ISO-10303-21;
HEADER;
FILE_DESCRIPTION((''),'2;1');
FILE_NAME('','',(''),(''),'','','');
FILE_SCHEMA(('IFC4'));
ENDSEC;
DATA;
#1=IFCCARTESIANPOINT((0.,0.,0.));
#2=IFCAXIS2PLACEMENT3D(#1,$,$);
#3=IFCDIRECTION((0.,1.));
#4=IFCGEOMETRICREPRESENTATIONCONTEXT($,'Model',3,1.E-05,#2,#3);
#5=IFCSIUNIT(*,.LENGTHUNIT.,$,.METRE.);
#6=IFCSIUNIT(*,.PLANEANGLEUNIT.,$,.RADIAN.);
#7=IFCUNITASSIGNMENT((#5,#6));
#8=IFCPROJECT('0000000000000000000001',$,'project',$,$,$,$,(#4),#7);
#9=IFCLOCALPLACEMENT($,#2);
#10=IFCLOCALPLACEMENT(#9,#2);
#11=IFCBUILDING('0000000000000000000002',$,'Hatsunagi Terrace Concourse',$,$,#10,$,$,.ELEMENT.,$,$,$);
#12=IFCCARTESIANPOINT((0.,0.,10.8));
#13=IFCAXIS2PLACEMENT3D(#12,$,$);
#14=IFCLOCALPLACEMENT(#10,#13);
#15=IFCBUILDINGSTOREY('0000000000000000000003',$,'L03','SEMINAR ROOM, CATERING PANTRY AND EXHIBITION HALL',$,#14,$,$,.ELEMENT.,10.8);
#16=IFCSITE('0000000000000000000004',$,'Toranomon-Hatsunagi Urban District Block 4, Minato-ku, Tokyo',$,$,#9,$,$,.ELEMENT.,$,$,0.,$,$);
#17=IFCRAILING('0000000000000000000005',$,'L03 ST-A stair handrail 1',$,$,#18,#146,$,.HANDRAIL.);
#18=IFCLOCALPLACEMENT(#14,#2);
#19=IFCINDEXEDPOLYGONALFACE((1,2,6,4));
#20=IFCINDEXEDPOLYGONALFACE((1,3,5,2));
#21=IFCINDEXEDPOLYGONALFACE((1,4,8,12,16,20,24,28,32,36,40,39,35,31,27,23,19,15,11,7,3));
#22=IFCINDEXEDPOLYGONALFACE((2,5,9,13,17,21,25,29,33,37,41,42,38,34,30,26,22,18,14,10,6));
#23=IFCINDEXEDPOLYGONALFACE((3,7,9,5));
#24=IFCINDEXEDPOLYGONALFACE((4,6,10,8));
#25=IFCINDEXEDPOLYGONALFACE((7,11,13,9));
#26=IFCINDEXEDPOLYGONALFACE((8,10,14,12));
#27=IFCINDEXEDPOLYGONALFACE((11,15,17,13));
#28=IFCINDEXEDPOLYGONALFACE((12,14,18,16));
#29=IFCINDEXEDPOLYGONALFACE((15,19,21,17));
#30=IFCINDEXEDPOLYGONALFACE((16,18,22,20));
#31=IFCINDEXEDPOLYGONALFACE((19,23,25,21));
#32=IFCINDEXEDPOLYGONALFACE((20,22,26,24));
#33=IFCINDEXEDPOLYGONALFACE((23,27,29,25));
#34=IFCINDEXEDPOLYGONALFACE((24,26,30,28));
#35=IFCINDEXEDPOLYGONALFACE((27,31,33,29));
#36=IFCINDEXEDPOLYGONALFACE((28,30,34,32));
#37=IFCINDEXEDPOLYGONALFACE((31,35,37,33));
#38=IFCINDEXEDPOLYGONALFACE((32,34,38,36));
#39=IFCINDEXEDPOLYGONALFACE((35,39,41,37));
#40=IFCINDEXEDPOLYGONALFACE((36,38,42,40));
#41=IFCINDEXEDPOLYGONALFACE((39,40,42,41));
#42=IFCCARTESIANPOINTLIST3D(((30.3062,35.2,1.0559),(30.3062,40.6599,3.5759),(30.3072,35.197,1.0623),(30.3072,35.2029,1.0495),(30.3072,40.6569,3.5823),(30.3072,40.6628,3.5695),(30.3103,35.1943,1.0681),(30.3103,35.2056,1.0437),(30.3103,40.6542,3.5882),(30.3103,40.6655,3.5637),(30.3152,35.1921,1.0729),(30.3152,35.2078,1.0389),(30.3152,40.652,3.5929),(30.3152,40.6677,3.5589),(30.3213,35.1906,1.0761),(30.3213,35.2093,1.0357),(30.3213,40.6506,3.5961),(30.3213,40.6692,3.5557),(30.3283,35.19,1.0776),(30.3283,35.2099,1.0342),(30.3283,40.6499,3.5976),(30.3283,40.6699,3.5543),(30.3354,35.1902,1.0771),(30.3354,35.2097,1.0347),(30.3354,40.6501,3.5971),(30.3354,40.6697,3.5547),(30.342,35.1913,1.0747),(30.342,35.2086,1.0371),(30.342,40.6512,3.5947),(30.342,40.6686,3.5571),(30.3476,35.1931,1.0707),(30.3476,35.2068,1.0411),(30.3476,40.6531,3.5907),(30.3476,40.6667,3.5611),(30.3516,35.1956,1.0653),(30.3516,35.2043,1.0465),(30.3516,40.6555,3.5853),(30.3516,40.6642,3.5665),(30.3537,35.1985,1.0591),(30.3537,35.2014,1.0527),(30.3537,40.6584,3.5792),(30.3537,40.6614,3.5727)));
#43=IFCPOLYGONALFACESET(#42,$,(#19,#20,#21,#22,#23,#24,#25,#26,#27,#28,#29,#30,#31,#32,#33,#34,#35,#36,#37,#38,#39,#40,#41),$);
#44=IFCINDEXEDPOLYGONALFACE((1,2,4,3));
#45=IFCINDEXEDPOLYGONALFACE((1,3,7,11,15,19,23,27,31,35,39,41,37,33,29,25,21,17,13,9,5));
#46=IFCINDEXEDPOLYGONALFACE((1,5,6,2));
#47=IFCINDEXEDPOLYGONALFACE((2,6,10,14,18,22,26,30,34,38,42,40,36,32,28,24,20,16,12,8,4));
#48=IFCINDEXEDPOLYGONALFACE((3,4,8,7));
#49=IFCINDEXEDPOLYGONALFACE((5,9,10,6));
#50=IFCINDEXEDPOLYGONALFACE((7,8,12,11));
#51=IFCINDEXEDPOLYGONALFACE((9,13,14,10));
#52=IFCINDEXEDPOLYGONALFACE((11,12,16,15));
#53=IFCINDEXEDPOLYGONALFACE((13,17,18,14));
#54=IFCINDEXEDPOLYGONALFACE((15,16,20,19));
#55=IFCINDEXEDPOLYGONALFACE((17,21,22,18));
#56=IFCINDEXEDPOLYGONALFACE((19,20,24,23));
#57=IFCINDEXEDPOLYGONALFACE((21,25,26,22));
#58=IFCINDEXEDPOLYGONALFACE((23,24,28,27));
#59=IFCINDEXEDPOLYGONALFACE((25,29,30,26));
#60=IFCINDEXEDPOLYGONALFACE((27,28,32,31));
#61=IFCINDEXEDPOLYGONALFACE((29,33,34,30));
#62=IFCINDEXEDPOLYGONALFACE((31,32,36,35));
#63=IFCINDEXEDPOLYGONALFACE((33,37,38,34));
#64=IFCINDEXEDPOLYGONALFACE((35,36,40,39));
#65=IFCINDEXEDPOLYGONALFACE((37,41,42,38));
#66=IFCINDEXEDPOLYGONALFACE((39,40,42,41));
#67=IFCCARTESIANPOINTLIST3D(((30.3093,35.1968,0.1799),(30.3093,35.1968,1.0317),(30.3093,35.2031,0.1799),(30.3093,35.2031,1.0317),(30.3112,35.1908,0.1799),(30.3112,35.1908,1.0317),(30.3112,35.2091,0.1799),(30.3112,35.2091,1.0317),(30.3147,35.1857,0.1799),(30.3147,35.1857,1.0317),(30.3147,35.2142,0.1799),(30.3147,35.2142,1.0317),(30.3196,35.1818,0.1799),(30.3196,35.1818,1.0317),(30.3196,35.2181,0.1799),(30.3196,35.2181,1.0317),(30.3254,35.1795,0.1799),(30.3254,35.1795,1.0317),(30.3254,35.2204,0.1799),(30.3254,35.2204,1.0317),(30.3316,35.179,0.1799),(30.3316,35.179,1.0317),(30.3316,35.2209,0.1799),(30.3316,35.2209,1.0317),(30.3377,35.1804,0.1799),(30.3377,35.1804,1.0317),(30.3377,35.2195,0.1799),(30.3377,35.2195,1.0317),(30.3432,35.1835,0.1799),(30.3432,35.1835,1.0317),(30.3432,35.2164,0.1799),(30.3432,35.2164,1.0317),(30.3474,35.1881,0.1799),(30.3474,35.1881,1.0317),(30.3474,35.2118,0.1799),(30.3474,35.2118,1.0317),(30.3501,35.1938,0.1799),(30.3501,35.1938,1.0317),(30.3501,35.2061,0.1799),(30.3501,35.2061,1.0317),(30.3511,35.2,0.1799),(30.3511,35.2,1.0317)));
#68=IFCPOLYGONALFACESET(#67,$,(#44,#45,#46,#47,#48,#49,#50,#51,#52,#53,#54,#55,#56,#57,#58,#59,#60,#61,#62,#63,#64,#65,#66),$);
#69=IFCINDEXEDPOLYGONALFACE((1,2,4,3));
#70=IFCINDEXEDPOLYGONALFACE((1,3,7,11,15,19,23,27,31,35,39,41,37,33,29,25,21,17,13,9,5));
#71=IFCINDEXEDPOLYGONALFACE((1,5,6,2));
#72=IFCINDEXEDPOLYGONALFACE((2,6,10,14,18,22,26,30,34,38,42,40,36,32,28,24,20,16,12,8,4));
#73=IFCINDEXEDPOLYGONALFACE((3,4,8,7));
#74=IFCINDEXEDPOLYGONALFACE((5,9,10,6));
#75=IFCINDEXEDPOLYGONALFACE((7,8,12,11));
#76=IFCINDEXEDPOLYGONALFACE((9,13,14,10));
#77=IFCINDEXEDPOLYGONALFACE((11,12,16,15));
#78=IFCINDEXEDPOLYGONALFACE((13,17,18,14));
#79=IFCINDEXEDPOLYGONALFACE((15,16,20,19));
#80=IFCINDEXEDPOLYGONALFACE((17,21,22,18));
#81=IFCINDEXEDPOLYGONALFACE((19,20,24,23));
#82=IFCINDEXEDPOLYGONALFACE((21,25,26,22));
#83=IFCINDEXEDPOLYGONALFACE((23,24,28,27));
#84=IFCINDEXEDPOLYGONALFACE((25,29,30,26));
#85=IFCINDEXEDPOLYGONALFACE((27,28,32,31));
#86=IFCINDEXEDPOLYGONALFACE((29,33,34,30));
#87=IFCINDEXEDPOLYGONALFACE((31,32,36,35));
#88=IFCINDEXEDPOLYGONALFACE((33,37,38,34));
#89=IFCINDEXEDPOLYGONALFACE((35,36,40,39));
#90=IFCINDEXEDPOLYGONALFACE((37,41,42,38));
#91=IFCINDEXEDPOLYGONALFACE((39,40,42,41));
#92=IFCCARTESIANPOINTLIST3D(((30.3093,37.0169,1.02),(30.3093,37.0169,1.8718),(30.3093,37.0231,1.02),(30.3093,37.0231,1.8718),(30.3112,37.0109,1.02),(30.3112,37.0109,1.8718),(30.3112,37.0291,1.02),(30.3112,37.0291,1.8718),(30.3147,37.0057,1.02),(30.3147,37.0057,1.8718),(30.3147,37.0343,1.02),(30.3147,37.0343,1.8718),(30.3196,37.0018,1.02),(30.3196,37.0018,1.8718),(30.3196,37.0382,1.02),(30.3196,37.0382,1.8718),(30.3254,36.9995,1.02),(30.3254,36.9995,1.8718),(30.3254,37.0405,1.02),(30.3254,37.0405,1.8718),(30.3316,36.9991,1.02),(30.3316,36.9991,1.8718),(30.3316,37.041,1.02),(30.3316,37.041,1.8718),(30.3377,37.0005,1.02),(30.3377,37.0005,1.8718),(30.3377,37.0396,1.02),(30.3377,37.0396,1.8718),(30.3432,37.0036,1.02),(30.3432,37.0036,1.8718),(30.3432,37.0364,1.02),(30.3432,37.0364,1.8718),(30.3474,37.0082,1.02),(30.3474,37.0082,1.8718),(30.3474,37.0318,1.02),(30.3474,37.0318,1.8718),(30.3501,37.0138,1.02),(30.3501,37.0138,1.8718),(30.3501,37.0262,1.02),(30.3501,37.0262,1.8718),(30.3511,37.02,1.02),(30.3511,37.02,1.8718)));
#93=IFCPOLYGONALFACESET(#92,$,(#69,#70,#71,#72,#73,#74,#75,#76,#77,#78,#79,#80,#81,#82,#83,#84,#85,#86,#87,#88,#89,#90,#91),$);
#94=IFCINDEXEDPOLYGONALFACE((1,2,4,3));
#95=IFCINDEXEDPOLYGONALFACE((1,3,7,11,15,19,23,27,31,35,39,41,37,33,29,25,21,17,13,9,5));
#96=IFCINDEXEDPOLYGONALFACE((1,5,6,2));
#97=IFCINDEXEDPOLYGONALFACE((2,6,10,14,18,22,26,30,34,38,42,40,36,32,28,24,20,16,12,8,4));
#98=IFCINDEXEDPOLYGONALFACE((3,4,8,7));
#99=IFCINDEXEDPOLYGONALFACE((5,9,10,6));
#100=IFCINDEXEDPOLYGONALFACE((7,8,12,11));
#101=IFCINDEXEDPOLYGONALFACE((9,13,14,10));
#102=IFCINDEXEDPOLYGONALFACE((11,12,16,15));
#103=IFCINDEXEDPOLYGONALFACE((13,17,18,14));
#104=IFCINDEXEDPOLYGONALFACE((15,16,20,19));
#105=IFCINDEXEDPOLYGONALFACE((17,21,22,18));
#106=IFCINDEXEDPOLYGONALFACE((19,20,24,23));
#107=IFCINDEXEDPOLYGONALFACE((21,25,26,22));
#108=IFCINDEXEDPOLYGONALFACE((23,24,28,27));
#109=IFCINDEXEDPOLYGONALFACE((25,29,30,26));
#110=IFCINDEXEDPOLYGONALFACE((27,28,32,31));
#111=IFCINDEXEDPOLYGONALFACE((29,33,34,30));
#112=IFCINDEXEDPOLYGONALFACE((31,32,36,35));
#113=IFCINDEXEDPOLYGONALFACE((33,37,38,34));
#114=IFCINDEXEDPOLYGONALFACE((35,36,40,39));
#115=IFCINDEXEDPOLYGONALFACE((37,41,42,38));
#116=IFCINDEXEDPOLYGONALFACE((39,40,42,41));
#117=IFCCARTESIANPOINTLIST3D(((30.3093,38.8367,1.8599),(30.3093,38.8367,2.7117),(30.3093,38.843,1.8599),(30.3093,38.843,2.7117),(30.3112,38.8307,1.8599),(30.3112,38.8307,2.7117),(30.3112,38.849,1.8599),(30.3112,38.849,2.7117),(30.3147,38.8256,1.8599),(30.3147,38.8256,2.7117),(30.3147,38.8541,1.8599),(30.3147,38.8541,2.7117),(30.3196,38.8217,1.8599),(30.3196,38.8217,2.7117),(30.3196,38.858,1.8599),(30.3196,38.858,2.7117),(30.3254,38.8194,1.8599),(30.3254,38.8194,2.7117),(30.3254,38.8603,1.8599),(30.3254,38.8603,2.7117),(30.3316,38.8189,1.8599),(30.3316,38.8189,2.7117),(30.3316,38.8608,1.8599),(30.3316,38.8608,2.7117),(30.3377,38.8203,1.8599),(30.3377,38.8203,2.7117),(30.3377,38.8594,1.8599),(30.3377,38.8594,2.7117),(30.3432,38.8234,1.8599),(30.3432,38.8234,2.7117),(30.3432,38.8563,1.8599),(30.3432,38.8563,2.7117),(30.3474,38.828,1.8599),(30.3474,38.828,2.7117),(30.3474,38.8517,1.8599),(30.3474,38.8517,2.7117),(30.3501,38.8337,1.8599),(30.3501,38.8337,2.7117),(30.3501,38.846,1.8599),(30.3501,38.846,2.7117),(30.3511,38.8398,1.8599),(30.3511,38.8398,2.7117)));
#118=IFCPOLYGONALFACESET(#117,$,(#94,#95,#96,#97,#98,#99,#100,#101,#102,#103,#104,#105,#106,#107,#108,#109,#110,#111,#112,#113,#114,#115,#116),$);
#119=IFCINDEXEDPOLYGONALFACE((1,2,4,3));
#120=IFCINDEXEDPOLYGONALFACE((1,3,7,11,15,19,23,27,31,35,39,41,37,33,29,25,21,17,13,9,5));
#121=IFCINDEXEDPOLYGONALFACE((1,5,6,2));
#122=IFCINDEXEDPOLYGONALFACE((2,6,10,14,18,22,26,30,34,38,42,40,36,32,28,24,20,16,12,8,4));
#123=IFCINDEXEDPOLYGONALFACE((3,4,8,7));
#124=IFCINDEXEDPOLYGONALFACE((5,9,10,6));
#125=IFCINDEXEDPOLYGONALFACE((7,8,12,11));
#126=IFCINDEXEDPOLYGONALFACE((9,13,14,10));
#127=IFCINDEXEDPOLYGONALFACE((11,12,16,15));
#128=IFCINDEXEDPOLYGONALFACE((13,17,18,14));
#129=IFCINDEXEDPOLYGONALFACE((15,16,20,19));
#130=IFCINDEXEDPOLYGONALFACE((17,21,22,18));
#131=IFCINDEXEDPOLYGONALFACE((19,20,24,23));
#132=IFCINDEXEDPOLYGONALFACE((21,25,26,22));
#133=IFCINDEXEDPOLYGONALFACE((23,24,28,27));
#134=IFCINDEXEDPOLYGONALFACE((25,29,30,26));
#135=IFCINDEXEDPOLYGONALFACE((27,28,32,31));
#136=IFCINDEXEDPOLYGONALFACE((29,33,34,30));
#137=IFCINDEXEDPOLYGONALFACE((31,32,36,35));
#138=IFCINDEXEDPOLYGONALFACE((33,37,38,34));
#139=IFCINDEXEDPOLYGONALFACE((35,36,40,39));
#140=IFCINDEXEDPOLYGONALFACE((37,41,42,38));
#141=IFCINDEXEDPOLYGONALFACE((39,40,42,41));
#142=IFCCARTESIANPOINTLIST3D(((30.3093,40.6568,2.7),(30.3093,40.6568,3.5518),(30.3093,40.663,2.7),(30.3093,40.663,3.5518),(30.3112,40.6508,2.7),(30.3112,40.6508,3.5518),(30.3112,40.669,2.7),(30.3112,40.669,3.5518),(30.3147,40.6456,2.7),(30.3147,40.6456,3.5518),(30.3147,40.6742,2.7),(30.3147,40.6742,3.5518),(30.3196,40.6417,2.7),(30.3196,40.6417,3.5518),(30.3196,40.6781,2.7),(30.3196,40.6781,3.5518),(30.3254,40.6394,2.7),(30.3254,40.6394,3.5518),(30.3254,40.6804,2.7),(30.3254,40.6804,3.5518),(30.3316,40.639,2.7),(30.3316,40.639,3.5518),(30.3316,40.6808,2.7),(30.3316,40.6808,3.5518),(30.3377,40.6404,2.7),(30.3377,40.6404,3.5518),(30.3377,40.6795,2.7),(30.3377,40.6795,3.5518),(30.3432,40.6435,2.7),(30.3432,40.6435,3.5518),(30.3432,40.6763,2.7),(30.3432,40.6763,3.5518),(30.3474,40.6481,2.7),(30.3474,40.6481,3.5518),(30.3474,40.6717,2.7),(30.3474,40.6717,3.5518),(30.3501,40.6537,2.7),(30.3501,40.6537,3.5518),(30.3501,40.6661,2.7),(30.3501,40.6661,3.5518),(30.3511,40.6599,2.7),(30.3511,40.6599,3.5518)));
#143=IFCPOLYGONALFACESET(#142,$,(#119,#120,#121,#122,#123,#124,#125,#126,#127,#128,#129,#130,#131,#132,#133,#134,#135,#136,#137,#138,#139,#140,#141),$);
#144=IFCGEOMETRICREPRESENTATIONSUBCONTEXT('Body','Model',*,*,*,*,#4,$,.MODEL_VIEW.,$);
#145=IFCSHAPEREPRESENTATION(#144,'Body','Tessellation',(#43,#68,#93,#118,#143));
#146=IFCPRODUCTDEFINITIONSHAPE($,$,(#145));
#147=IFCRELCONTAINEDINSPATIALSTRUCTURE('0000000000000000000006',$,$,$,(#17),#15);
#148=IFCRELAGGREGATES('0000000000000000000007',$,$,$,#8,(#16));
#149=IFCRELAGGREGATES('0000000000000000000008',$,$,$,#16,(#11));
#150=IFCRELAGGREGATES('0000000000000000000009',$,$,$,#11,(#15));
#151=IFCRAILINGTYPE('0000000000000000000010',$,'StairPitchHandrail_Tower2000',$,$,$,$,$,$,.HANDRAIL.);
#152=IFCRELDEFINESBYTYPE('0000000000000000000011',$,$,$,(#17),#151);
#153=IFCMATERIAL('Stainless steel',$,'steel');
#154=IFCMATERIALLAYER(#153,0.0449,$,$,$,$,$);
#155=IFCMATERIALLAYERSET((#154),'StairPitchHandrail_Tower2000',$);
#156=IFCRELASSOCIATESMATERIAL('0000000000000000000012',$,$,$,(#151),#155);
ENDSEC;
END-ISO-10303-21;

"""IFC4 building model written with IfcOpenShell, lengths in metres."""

from ifc_helpers import new_model, si_unit, direction, frame, origin, origin_2d, place, context, subcontext, project, spatial, circle, extrude, material, layer, layer_set, type_object, element, save


model = new_model("IFC4")

# Units and contexts
model_context = context("Model", 3, precision=1e-05, world=origin(), true_north=direction((0.0, 1.0)))
body_context = subcontext(model_context, "Body", "Model", "MODEL_VIEW")
ifc_project = project(units=[si_unit("LENGTHUNIT", "METRE"), si_unit("PLANEANGLEUNIT", "RADIAN")], contexts=[model_context])

# Site, building, storey
site_placement = place(None, origin())
site = spatial("IfcSite", under=ifc_project, at=site_placement, Name="Toranomon-Hatsunagi Urban District Block 4, Minato-ku, Tokyo", CompositionType="ELEMENT", RefElevation=0.0)
building_placement = place(site_placement, origin())
building = spatial("IfcBuilding", under=site, at=building_placement, Name="Hatsunagi Terrace Concourse", CompositionType="ELEMENT")
storey_placement = place(building_placement, frame((0.0, 0.0, 10.8)))
storey = spatial("IfcBuildingStorey", under=building, at=storey_placement, Name="L03", Description="SEMINAR ROOM, CATERING PANTRY AND EXHIBITION HALL", CompositionType="ELEMENT", Elevation=10.8)

# Railing
ifc_material_1 = material(Name="Stainless steel", Category="steel")
ifc_layer_1 = layer(ifc_material_1, 0.0449)
ifc_layer_set_1 = layer_set([ifc_layer_1], Name="StairPitchHandrail_Tower2000")
railing_type_1 = type_object("IfcRailingType", Name="StairPitchHandrail_Tower2000", PredefinedType="HANDRAIL", material=ifc_layer_set_1)
railing_1_placement = place(storey_placement, frame((30.3301, 35.2, 0.1799)))
element("IfcRailing", 1, at=railing_1_placement, inside=storey, type_object=railing_type_1, Name="L03 ST-A stair handrail 1", PredefinedType="HANDRAIL", context=body_context, shape_type="SweptSolid", body=[
    extrude(circle(Radius=0.0239, at=origin_2d()), frame((0.0, 0.0, 0.876), z_axis=(0.0, 0.907957, 0.419063), x_axis=(-1.0, 0.0, 0.0)), (0.0, 0.0, 1.0), 6.0134),
    extrude(circle(Radius=0.021, at=origin_2d()), origin(), (0.0, 0.0, 1.0), 0.8518),
    extrude(circle(Radius=0.021, at=origin_2d()), frame((0.0, 1.8201, 0.8401)), (0.0, 0.0, 1.0), 0.8518),
    extrude(circle(Radius=0.021, at=origin_2d()), frame((0.0, 3.6399, 1.6799)), (0.0, 0.0, 1.0), 0.8518),
    extrude(circle(Radius=0.021, at=origin_2d()), frame((0.0, 5.46, 2.52)), (0.0, 0.0, 1.0), 0.8518),
])

save(model, "model.ifc")
